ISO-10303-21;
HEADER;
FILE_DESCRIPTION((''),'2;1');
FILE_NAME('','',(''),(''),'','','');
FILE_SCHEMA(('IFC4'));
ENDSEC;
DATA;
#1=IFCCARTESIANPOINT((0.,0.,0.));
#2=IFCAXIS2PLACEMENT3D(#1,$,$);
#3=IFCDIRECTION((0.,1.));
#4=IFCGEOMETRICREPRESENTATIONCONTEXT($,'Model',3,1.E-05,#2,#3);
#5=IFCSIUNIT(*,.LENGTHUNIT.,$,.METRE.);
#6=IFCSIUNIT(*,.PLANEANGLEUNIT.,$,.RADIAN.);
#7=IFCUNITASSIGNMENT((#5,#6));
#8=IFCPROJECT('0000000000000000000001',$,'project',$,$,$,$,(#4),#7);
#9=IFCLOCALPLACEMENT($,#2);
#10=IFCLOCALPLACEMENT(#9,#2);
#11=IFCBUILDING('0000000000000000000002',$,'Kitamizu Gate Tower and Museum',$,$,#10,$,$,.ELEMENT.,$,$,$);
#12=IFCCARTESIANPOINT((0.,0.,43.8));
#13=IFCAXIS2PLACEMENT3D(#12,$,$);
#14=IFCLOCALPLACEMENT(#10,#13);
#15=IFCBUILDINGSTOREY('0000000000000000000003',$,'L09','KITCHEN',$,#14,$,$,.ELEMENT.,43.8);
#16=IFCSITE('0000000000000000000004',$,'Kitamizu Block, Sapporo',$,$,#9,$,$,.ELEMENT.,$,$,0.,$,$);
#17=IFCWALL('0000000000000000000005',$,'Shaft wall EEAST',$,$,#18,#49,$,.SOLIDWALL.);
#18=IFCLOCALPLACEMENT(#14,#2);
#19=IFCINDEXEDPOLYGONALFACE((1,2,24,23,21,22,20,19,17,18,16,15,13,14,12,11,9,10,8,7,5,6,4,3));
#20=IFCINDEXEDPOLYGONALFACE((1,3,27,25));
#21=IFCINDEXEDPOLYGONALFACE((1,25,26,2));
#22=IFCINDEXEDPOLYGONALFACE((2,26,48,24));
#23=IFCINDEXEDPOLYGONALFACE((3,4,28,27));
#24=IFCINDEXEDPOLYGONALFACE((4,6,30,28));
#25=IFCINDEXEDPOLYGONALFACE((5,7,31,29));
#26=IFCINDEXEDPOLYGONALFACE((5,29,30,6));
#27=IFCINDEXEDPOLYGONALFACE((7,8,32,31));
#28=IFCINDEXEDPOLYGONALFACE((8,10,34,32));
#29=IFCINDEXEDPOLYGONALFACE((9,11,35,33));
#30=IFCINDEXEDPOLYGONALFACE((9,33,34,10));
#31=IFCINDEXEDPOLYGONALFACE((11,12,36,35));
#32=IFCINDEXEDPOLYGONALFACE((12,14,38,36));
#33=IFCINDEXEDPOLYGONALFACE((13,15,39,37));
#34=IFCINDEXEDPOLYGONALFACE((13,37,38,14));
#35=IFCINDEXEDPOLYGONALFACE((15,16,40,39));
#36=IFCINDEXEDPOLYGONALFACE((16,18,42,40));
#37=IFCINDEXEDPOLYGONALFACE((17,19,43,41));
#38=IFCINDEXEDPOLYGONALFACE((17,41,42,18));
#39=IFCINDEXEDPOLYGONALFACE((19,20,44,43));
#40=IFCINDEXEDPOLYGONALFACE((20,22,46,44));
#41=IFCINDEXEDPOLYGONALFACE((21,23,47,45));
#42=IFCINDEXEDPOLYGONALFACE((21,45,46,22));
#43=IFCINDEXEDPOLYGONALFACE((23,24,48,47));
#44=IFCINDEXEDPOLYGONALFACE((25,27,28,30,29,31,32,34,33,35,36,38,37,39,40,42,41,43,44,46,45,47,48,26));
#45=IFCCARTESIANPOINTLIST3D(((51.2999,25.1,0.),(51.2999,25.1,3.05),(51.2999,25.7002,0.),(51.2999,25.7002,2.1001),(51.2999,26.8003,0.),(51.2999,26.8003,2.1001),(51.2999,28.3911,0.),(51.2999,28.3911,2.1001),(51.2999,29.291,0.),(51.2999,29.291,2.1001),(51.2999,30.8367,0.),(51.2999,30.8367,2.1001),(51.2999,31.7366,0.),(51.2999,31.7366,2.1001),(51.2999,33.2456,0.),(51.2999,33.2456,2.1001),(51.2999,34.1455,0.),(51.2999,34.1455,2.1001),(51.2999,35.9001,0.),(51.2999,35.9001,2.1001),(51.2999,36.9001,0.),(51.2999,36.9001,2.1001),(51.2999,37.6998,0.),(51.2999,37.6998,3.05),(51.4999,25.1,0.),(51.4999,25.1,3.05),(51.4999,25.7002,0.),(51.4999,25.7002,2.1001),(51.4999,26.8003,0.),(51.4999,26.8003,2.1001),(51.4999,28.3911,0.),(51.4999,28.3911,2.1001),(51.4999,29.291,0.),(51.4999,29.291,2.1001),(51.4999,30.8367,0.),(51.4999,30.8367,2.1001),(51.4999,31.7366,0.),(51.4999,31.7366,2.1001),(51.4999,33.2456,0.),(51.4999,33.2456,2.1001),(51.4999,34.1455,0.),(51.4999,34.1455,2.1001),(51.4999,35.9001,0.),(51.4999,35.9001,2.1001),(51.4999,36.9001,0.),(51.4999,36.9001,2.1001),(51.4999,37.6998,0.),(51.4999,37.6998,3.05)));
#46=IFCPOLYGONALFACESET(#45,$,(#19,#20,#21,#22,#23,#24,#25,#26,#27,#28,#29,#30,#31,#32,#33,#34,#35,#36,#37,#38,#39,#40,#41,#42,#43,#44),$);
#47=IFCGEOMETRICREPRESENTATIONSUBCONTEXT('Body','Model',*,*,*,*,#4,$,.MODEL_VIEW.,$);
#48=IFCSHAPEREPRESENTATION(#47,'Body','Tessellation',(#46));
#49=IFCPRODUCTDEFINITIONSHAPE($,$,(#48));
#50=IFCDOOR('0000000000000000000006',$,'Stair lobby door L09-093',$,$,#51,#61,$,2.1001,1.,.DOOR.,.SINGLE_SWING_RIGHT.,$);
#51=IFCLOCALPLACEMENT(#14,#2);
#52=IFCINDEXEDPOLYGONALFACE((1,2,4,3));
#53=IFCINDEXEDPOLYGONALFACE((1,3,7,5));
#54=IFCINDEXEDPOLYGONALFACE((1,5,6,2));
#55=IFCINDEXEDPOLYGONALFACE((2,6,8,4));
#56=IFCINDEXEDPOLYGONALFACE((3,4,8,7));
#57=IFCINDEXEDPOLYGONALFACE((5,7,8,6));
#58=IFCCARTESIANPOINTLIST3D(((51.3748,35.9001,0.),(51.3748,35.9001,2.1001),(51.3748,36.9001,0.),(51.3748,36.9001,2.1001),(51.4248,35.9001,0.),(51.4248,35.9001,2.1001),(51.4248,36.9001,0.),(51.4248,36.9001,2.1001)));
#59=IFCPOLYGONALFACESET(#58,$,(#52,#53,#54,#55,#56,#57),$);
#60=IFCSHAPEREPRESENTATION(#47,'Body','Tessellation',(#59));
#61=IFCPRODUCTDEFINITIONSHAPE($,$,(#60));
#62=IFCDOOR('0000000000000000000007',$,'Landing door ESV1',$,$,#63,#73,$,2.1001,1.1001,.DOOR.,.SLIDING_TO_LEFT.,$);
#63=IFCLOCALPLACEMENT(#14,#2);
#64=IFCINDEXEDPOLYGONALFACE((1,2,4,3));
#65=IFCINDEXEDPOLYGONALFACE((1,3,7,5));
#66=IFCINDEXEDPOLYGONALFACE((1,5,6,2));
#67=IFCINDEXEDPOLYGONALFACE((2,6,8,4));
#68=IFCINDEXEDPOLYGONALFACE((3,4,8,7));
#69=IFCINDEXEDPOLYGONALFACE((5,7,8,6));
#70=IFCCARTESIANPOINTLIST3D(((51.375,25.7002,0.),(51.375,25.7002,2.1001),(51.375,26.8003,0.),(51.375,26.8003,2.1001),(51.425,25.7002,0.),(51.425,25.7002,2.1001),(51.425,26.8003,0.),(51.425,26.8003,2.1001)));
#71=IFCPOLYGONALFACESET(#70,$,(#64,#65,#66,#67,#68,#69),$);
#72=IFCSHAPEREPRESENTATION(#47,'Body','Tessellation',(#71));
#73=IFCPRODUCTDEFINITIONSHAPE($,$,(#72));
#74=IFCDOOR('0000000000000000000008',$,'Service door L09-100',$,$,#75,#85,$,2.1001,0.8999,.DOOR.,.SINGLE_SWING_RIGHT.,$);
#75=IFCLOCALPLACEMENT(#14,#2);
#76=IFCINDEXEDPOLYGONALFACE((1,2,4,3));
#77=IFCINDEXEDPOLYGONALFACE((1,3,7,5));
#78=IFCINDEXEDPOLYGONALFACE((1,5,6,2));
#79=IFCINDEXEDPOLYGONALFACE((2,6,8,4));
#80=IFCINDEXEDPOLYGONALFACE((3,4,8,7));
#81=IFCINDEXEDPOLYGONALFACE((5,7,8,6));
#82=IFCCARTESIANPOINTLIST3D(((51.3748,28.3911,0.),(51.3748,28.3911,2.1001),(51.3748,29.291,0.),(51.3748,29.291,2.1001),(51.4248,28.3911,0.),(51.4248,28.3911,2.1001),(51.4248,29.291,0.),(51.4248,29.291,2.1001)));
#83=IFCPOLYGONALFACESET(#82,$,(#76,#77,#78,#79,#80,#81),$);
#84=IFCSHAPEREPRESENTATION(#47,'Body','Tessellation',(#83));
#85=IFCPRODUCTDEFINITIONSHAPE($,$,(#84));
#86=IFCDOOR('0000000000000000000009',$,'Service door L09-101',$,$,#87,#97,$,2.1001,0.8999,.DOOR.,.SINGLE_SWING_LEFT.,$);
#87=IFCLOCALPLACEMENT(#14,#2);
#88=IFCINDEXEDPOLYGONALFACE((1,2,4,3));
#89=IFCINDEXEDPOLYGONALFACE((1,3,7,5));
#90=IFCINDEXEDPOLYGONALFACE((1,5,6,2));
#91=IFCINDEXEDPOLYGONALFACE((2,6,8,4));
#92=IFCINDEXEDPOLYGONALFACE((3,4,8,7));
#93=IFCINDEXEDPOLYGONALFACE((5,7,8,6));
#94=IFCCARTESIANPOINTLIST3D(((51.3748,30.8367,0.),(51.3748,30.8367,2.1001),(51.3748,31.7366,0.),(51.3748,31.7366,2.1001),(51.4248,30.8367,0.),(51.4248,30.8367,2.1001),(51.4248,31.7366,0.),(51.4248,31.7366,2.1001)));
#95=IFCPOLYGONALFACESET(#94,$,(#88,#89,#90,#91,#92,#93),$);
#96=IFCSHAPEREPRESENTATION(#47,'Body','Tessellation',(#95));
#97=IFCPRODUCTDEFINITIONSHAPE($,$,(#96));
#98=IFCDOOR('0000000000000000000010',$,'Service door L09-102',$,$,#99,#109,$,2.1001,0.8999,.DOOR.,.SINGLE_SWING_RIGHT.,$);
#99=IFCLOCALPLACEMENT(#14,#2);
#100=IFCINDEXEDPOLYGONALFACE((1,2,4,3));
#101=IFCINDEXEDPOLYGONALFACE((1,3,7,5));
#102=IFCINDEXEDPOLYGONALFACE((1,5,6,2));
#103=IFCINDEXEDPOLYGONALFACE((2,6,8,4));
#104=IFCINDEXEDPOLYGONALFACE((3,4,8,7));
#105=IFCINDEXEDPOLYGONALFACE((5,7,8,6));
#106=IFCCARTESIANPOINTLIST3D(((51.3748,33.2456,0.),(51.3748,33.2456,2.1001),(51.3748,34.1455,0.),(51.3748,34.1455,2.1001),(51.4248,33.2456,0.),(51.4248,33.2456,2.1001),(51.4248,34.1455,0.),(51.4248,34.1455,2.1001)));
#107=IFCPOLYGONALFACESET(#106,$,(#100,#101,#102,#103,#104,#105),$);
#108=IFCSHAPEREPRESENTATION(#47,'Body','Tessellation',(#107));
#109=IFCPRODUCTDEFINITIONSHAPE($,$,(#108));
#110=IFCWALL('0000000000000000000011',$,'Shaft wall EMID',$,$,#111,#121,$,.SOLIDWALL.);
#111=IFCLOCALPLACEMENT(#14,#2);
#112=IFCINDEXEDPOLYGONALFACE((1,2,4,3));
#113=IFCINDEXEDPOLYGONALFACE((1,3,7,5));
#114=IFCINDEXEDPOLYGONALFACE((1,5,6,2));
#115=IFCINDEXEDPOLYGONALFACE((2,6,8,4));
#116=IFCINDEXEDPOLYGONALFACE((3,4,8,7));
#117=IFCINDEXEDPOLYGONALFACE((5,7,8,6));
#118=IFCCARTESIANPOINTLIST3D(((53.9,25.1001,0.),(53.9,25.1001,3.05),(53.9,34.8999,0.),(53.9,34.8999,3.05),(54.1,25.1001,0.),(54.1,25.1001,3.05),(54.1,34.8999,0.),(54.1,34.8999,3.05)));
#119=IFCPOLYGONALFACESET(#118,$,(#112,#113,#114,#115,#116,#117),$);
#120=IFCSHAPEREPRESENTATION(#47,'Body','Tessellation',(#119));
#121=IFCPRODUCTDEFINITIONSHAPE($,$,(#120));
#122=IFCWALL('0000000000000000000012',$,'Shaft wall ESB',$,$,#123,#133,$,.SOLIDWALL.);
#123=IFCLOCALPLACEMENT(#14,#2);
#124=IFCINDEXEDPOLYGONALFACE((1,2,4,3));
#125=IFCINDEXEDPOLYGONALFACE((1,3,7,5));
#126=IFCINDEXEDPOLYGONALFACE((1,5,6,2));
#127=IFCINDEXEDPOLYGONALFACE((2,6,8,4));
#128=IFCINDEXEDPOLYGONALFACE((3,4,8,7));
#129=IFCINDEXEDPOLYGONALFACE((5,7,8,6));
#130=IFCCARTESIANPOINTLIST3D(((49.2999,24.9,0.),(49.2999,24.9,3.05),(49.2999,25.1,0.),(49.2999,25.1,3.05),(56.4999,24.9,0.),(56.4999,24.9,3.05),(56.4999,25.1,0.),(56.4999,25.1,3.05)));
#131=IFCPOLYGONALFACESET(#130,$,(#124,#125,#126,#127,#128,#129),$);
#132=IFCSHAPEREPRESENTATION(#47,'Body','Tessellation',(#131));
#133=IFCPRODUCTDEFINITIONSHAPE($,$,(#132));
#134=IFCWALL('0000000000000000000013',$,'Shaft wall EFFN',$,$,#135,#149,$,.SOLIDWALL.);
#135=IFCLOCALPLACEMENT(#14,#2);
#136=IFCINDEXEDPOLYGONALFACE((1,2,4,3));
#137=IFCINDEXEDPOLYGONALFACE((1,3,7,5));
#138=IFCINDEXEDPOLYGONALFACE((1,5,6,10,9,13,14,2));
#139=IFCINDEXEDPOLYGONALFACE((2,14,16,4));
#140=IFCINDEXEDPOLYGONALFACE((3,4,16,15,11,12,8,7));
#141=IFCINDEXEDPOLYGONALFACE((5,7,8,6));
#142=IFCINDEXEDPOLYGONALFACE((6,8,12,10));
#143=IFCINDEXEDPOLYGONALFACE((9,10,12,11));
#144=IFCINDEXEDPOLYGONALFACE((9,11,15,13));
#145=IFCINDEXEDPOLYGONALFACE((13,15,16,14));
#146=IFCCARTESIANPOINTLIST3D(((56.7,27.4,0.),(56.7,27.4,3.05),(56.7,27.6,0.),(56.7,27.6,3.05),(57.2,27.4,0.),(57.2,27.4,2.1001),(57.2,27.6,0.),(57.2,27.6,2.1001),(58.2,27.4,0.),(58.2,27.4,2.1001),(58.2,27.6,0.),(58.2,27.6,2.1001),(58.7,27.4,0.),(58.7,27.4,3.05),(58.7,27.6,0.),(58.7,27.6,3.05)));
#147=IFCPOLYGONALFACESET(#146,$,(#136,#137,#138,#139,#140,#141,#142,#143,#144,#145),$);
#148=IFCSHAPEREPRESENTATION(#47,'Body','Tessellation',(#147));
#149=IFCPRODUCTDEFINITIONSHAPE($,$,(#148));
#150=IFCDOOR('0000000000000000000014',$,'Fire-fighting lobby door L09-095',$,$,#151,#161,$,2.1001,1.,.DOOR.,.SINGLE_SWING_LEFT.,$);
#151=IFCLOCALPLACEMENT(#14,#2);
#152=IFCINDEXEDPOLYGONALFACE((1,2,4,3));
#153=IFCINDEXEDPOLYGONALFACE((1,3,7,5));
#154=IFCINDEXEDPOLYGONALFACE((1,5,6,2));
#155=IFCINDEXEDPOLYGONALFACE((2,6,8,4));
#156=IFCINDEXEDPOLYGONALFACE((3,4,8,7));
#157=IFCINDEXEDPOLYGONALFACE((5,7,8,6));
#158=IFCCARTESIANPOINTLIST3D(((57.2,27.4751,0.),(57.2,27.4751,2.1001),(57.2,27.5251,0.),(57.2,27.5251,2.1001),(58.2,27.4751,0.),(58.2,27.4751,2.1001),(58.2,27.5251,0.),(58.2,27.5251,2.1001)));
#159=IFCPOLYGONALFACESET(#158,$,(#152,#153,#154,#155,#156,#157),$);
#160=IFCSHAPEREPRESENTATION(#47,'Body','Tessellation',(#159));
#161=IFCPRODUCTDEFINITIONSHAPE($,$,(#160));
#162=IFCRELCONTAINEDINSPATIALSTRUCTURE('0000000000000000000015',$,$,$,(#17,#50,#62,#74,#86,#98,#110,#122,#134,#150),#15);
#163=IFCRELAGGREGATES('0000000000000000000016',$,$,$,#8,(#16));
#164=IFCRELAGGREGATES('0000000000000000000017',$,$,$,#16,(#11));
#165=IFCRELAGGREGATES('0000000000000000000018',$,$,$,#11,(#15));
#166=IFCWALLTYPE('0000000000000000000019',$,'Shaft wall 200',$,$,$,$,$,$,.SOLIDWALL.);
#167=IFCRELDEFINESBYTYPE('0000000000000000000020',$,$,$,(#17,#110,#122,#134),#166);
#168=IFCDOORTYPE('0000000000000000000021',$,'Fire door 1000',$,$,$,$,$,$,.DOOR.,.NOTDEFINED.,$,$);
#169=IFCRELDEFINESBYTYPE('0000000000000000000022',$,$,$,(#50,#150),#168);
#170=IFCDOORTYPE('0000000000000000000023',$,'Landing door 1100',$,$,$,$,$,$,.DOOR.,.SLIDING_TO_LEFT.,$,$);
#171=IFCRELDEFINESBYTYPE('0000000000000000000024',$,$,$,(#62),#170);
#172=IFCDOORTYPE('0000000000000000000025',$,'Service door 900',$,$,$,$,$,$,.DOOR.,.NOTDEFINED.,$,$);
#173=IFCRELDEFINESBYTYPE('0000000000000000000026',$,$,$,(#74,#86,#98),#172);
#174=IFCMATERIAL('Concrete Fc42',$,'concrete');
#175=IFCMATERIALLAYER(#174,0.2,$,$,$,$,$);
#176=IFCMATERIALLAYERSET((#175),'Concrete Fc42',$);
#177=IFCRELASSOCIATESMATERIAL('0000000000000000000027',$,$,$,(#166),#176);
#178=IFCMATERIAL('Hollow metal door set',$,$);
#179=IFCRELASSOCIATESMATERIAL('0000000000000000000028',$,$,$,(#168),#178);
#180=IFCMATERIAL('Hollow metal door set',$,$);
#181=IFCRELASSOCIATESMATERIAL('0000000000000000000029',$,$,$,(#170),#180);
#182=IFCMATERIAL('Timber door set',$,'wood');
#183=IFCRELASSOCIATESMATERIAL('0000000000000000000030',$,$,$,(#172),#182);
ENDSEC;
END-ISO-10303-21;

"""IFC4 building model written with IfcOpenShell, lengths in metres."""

from ifc_helpers import new_model, si_unit, direction, frame, frame_2d, origin, place, context, subcontext, project, spatial, rectangle, extrude, material, layer, layer_set, type_object, element, fill, save


model = new_model("IFC4")

# Units and contexts
model_context = context("Model", 3, precision=1e-05, world=origin(), true_north=direction((0.0, 1.0)))
body_context = subcontext(model_context, "Body", "Model", "MODEL_VIEW")
ifc_project = project(units=[si_unit("LENGTHUNIT", "METRE"), si_unit("PLANEANGLEUNIT", "RADIAN")], contexts=[model_context])

# Site, building, storey
site_placement = place(None, origin())
site = spatial("IfcSite", under=ifc_project, at=site_placement, Name="Kitamizu Block, Sapporo", CompositionType="ELEMENT", RefElevation=0.0)
building_placement = place(site_placement, origin())
building = spatial("IfcBuilding", under=site, at=building_placement, Name="Kitamizu Gate Tower and Museum", CompositionType="ELEMENT")
storey_placement = place(building_placement, frame((0.0, 0.0, 43.8)))
storey = spatial("IfcBuildingStorey", under=building, at=storey_placement, Name="L09", Description="KITCHEN", CompositionType="ELEMENT", Elevation=43.8)

# Wall, openings, doors
ifc_material_1 = material(Name="Concrete Fc42", Category="concrete")
ifc_layer_1 = layer(ifc_material_1, 0.2)
ifc_layer_set_1 = layer_set([ifc_layer_1], Name="Concrete Fc42")
wall_type_1 = type_object("IfcWallType", Name="Shaft wall 200", PredefinedType="SOLIDWALL", material=ifc_layer_set_1)
wall_1_placement = place(storey_placement, frame((51.3999, 25.1001, 0.0), z_axis=(0.0, 0.0, 1.0), x_axis=(0.0, 1.0, 0.0)))
wall_1 = element("IfcWall", 1, at=wall_1_placement, inside=storey, type_object=wall_type_1, Name="Shaft wall EEAST", PredefinedType="SOLIDWALL", context=body_context, shape_type="SweptSolid", body=[
    extrude(rectangle(XDim=12.5999, YDim=0.2, at=frame_2d((6.2998, 0.0))), origin(), (0.0, 0.0, 1.0), 3.05),
])
opening_1_placement = place(wall_1_placement, frame((0.6001, 0.0, 0.0)))
opening_1 = element("IfcOpeningElement", 2, at=opening_1_placement, cuts=wall_1, PredefinedType="OPENING", context=body_context, shape_type="SweptSolid", body=[
    extrude(rectangle(XDim=1.1001, YDim=2.1001, at=frame_2d((0.55, 1.05))), frame((0.0, 0.1099, 0.0), z_axis=(0.0, -1.0, 0.0), x_axis=(1.0, 0.0, 0.0)), (0.0, 0.0, 1.0), 0.22),
])
opening_2_placement = place(wall_1_placement, frame((10.8, 0.0, 0.0)))
opening_2 = element("IfcOpeningElement", 3, at=opening_2_placement, cuts=wall_1, PredefinedType="OPENING", context=body_context, shape_type="SweptSolid", body=[
    extrude(rectangle(XDim=1.0, YDim=2.1001, at=frame_2d((0.5, 1.05))), frame((0.0, 0.1099, 0.0), z_axis=(0.0, -1.0, 0.0), x_axis=(1.0, 0.0, 0.0)), (0.0, 0.0, 1.0), 0.22),
])
opening_3_placement = place(wall_1_placement, frame((3.291, 0.0, 0.0)))
opening_3 = element("IfcOpeningElement", 4, at=opening_3_placement, cuts=wall_1, PredefinedType="OPENING", context=body_context, shape_type="SweptSolid", body=[
    extrude(rectangle(XDim=0.8999, YDim=2.1001, at=frame_2d((0.45, 1.05))), frame((0.0, 0.1099, 0.0), z_axis=(0.0, -1.0, 0.0), x_axis=(1.0, 0.0, 0.0)), (0.0, 0.0, 1.0), 0.22),
])
opening_4_placement = place(wall_1_placement, frame((5.7366, 0.0, 0.0)))
opening_4 = element("IfcOpeningElement", 5, at=opening_4_placement, cuts=wall_1, PredefinedType="OPENING", context=body_context, shape_type="SweptSolid", body=[
    extrude(rectangle(XDim=0.8999, YDim=2.1001, at=frame_2d((0.45, 1.05))), frame((0.0, 0.1099, 0.0), z_axis=(0.0, -1.0, 0.0), x_axis=(1.0, 0.0, 0.0)), (0.0, 0.0, 1.0), 0.22),
])
opening_5_placement = place(wall_1_placement, frame((8.1455, 0.0, 0.0)))
opening_5 = element("IfcOpeningElement", 6, at=opening_5_placement, cuts=wall_1, PredefinedType="OPENING", context=body_context, shape_type="SweptSolid", body=[
    extrude(rectangle(XDim=0.8999, YDim=2.1001, at=frame_2d((0.45, 1.05))), frame((0.0, 0.1099, 0.0), z_axis=(0.0, -1.0, 0.0), x_axis=(1.0, 0.0, 0.0)), (0.0, 0.0, 1.0), 0.22),
])
ifc_material_2 = material(Name="Hollow metal door set")
door_type_1 = type_object("IfcDoorType", Name="Fire door 1000", OperationType="NOTDEFINED", PredefinedType="DOOR", material=ifc_material_2)
door_1_placement = place(opening_2_placement, frame((1.0, 0.0, 0.0), x_axis=(-1.0, 0.0, 0.0)))
door_1 = element("IfcDoor", 7, at=door_1_placement, inside=storey, type_object=door_type_1, Name="Stair lobby door L09-093", OperationType="SINGLE_SWING_RIGHT", OverallHeight=2.1001, OverallWidth=1.0, PredefinedType="DOOR", context=body_context, shape_type="SweptSolid", body=[
    extrude(rectangle(XDim=1.0, YDim=2.1001, at=frame_2d((0.5, 1.05))), frame((0.0, 0.0249, 0.0), z_axis=(0.0, -1.0, 0.0), x_axis=(1.0, 0.0, 0.0)), (0.0, 0.0, 1.0), 0.05),
])
fill(opening_2, door_1)
ifc_material_3 = material(Name="Hollow metal door set")
door_type_2 = type_object("IfcDoorType", Name="Landing door 1100", OperationType="SLIDING_TO_LEFT", PredefinedType="DOOR", material=ifc_material_3)
door_2_placement = place(opening_1_placement, origin())
door_2 = element("IfcDoor", 8, at=door_2_placement, inside=storey, type_object=door_type_2, Name="Landing door ESV1", OperationType="SLIDING_TO_LEFT", OverallHeight=2.1001, OverallWidth=1.1001, PredefinedType="DOOR", context=body_context, shape_type="SweptSolid", body=[
    extrude(rectangle(XDim=1.1001, YDim=2.1001, at=frame_2d((0.55, 1.05))), frame((0.0, 0.0249, 0.0), z_axis=(0.0, -1.0, 0.0), x_axis=(1.0, 0.0, 0.0)), (0.0, 0.0, 1.0), 0.05),
])
fill(opening_1, door_2)
ifc_material_4 = material(Name="Timber door set", Category="wood")
door_type_3 = type_object("IfcDoorType", Name="Service door 900", OperationType="NOTDEFINED", PredefinedType="DOOR", material=ifc_material_4)
door_3_placement = place(opening_3_placement, frame((0.8999, 0.0, 0.0), x_axis=(-1.0, 0.0, 0.0)))
door_3 = element("IfcDoor", 9, at=door_3_placement, inside=storey, type_object=door_type_3, Name="Service door L09-100", OperationType="SINGLE_SWING_RIGHT", OverallHeight=2.1001, OverallWidth=0.8999, PredefinedType="DOOR", context=body_context, shape_type="SweptSolid", body=[
    extrude(rectangle(XDim=0.8999, YDim=2.1001, at=frame_2d((0.45, 1.05))), frame((0.0, 0.0249, 0.0), z_axis=(0.0, -1.0, 0.0), x_axis=(1.0, 0.0, 0.0)), (0.0, 0.0, 1.0), 0.05),
])
fill(opening_3, door_3)
door_4_placement = place(opening_4_placement, frame((0.8999, 0.0, 0.0), x_axis=(-1.0, 0.0, 0.0)))
door_4 = element("IfcDoor", 10, at=door_4_placement, inside=storey, type_object=door_type_3, Name="Service door L09-101", OperationType="SINGLE_SWING_LEFT", OverallHeight=2.1001, OverallWidth=0.8999, PredefinedType="DOOR", context=body_context, shape_type="SweptSolid", body=[
    extrude(rectangle(XDim=0.8999, YDim=2.1001, at=frame_2d((0.45, 1.05))), frame((0.0, 0.0249, 0.0), z_axis=(0.0, -1.0, 0.0), x_axis=(1.0, 0.0, 0.0)), (0.0, 0.0, 1.0), 0.05),
])
fill(opening_4, door_4)
door_5_placement = place(opening_5_placement, frame((0.8999, 0.0, 0.0), x_axis=(-1.0, 0.0, 0.0)))
door_5 = element("IfcDoor", 11, at=door_5_placement, inside=storey, type_object=door_type_3, Name="Service door L09-102", OperationType="SINGLE_SWING_RIGHT", OverallHeight=2.1001, OverallWidth=0.8999, PredefinedType="DOOR", context=body_context, shape_type="SweptSolid", body=[
    extrude(rectangle(XDim=0.8999, YDim=2.1001, at=frame_2d((0.45, 1.05))), frame((0.0, 0.0249, 0.0), z_axis=(0.0, -1.0, 0.0), x_axis=(1.0, 0.0, 0.0)), (0.0, 0.0, 1.0), 0.05),
])
fill(opening_5, door_5)

# Walls
wall_2_placement = place(storey_placement, frame((54.0, 25.1001, 0.0), z_axis=(0.0, 0.0, 1.0), x_axis=(0.0, 1.0, 0.0)))
element("IfcWall", 12, at=wall_2_placement, inside=storey, type_object=wall_type_1, Name="Shaft wall EMID", PredefinedType="SOLIDWALL", context=body_context, shape_type="SweptSolid", body=[
    extrude(rectangle(XDim=9.7998, YDim=0.2, at=frame_2d((4.8999, 0.0))), origin(), (0.0, 0.0, 1.0), 3.05),
])
wall_3_placement = place(storey_placement, frame((56.5, 25.0, 0.0), z_axis=(0.0, 0.0, 1.0), x_axis=(-1.0, 0.0, 0.0)))
element("IfcWall", 13, at=wall_3_placement, inside=storey, type_object=wall_type_1, Name="Shaft wall ESB", PredefinedType="SOLIDWALL", context=body_context, shape_type="SweptSolid", body=[
    extrude(rectangle(XDim=7.2, YDim=0.2, at=frame_2d((3.6001, 0.0))), origin(), (0.0, 0.0, 1.0), 3.05),
])

# Wall, opening, door
wall_4_placement = place(storey_placement, frame((58.7, 27.5, 0.0), z_axis=(0.0, 0.0, 1.0), x_axis=(-1.0, 0.0, 0.0)))
wall_4 = element("IfcWall", 14, at=wall_4_placement, inside=storey, type_object=wall_type_1, Name="Shaft wall EFFN", PredefinedType="SOLIDWALL", context=body_context, shape_type="SweptSolid", body=[
    extrude(rectangle(XDim=2.0, YDim=0.2, at=frame_2d((1.0, 0.0))), origin(), (0.0, 0.0, 1.0), 3.05),
])
opening_6_placement = place(wall_4_placement, frame((0.5, 0.0, 0.0)))
opening_6 = element("IfcOpeningElement", 15, at=opening_6_placement, cuts=wall_4, PredefinedType="OPENING", context=body_context, shape_type="SweptSolid", body=[
    extrude(rectangle(XDim=1.0, YDim=2.1001, at=frame_2d((0.5, 1.05))), frame((0.0, 0.1099, 0.0), z_axis=(0.0, -1.0, 0.0), x_axis=(1.0, 0.0, 0.0)), (0.0, 0.0, 1.0), 0.22),
])
door_6_placement = place(opening_6_placement, origin())
door_6 = element("IfcDoor", 16, at=door_6_placement, inside=storey, type_object=door_type_1, Name="Fire-fighting lobby door L09-095", OperationType="SINGLE_SWING_LEFT", OverallHeight=2.1001, OverallWidth=1.0, PredefinedType="DOOR", context=body_context, shape_type="SweptSolid", body=[
    extrude(rectangle(XDim=1.0, YDim=2.1001, at=frame_2d((0.5, 1.05))), frame((0.0, 0.0249, 0.0), z_axis=(0.0, -1.0, 0.0), x_axis=(1.0, 0.0, 0.0)), (0.0, 0.0, 1.0), 0.05),
])
fill(opening_6, door_6)

save(model, "model.ifc")
